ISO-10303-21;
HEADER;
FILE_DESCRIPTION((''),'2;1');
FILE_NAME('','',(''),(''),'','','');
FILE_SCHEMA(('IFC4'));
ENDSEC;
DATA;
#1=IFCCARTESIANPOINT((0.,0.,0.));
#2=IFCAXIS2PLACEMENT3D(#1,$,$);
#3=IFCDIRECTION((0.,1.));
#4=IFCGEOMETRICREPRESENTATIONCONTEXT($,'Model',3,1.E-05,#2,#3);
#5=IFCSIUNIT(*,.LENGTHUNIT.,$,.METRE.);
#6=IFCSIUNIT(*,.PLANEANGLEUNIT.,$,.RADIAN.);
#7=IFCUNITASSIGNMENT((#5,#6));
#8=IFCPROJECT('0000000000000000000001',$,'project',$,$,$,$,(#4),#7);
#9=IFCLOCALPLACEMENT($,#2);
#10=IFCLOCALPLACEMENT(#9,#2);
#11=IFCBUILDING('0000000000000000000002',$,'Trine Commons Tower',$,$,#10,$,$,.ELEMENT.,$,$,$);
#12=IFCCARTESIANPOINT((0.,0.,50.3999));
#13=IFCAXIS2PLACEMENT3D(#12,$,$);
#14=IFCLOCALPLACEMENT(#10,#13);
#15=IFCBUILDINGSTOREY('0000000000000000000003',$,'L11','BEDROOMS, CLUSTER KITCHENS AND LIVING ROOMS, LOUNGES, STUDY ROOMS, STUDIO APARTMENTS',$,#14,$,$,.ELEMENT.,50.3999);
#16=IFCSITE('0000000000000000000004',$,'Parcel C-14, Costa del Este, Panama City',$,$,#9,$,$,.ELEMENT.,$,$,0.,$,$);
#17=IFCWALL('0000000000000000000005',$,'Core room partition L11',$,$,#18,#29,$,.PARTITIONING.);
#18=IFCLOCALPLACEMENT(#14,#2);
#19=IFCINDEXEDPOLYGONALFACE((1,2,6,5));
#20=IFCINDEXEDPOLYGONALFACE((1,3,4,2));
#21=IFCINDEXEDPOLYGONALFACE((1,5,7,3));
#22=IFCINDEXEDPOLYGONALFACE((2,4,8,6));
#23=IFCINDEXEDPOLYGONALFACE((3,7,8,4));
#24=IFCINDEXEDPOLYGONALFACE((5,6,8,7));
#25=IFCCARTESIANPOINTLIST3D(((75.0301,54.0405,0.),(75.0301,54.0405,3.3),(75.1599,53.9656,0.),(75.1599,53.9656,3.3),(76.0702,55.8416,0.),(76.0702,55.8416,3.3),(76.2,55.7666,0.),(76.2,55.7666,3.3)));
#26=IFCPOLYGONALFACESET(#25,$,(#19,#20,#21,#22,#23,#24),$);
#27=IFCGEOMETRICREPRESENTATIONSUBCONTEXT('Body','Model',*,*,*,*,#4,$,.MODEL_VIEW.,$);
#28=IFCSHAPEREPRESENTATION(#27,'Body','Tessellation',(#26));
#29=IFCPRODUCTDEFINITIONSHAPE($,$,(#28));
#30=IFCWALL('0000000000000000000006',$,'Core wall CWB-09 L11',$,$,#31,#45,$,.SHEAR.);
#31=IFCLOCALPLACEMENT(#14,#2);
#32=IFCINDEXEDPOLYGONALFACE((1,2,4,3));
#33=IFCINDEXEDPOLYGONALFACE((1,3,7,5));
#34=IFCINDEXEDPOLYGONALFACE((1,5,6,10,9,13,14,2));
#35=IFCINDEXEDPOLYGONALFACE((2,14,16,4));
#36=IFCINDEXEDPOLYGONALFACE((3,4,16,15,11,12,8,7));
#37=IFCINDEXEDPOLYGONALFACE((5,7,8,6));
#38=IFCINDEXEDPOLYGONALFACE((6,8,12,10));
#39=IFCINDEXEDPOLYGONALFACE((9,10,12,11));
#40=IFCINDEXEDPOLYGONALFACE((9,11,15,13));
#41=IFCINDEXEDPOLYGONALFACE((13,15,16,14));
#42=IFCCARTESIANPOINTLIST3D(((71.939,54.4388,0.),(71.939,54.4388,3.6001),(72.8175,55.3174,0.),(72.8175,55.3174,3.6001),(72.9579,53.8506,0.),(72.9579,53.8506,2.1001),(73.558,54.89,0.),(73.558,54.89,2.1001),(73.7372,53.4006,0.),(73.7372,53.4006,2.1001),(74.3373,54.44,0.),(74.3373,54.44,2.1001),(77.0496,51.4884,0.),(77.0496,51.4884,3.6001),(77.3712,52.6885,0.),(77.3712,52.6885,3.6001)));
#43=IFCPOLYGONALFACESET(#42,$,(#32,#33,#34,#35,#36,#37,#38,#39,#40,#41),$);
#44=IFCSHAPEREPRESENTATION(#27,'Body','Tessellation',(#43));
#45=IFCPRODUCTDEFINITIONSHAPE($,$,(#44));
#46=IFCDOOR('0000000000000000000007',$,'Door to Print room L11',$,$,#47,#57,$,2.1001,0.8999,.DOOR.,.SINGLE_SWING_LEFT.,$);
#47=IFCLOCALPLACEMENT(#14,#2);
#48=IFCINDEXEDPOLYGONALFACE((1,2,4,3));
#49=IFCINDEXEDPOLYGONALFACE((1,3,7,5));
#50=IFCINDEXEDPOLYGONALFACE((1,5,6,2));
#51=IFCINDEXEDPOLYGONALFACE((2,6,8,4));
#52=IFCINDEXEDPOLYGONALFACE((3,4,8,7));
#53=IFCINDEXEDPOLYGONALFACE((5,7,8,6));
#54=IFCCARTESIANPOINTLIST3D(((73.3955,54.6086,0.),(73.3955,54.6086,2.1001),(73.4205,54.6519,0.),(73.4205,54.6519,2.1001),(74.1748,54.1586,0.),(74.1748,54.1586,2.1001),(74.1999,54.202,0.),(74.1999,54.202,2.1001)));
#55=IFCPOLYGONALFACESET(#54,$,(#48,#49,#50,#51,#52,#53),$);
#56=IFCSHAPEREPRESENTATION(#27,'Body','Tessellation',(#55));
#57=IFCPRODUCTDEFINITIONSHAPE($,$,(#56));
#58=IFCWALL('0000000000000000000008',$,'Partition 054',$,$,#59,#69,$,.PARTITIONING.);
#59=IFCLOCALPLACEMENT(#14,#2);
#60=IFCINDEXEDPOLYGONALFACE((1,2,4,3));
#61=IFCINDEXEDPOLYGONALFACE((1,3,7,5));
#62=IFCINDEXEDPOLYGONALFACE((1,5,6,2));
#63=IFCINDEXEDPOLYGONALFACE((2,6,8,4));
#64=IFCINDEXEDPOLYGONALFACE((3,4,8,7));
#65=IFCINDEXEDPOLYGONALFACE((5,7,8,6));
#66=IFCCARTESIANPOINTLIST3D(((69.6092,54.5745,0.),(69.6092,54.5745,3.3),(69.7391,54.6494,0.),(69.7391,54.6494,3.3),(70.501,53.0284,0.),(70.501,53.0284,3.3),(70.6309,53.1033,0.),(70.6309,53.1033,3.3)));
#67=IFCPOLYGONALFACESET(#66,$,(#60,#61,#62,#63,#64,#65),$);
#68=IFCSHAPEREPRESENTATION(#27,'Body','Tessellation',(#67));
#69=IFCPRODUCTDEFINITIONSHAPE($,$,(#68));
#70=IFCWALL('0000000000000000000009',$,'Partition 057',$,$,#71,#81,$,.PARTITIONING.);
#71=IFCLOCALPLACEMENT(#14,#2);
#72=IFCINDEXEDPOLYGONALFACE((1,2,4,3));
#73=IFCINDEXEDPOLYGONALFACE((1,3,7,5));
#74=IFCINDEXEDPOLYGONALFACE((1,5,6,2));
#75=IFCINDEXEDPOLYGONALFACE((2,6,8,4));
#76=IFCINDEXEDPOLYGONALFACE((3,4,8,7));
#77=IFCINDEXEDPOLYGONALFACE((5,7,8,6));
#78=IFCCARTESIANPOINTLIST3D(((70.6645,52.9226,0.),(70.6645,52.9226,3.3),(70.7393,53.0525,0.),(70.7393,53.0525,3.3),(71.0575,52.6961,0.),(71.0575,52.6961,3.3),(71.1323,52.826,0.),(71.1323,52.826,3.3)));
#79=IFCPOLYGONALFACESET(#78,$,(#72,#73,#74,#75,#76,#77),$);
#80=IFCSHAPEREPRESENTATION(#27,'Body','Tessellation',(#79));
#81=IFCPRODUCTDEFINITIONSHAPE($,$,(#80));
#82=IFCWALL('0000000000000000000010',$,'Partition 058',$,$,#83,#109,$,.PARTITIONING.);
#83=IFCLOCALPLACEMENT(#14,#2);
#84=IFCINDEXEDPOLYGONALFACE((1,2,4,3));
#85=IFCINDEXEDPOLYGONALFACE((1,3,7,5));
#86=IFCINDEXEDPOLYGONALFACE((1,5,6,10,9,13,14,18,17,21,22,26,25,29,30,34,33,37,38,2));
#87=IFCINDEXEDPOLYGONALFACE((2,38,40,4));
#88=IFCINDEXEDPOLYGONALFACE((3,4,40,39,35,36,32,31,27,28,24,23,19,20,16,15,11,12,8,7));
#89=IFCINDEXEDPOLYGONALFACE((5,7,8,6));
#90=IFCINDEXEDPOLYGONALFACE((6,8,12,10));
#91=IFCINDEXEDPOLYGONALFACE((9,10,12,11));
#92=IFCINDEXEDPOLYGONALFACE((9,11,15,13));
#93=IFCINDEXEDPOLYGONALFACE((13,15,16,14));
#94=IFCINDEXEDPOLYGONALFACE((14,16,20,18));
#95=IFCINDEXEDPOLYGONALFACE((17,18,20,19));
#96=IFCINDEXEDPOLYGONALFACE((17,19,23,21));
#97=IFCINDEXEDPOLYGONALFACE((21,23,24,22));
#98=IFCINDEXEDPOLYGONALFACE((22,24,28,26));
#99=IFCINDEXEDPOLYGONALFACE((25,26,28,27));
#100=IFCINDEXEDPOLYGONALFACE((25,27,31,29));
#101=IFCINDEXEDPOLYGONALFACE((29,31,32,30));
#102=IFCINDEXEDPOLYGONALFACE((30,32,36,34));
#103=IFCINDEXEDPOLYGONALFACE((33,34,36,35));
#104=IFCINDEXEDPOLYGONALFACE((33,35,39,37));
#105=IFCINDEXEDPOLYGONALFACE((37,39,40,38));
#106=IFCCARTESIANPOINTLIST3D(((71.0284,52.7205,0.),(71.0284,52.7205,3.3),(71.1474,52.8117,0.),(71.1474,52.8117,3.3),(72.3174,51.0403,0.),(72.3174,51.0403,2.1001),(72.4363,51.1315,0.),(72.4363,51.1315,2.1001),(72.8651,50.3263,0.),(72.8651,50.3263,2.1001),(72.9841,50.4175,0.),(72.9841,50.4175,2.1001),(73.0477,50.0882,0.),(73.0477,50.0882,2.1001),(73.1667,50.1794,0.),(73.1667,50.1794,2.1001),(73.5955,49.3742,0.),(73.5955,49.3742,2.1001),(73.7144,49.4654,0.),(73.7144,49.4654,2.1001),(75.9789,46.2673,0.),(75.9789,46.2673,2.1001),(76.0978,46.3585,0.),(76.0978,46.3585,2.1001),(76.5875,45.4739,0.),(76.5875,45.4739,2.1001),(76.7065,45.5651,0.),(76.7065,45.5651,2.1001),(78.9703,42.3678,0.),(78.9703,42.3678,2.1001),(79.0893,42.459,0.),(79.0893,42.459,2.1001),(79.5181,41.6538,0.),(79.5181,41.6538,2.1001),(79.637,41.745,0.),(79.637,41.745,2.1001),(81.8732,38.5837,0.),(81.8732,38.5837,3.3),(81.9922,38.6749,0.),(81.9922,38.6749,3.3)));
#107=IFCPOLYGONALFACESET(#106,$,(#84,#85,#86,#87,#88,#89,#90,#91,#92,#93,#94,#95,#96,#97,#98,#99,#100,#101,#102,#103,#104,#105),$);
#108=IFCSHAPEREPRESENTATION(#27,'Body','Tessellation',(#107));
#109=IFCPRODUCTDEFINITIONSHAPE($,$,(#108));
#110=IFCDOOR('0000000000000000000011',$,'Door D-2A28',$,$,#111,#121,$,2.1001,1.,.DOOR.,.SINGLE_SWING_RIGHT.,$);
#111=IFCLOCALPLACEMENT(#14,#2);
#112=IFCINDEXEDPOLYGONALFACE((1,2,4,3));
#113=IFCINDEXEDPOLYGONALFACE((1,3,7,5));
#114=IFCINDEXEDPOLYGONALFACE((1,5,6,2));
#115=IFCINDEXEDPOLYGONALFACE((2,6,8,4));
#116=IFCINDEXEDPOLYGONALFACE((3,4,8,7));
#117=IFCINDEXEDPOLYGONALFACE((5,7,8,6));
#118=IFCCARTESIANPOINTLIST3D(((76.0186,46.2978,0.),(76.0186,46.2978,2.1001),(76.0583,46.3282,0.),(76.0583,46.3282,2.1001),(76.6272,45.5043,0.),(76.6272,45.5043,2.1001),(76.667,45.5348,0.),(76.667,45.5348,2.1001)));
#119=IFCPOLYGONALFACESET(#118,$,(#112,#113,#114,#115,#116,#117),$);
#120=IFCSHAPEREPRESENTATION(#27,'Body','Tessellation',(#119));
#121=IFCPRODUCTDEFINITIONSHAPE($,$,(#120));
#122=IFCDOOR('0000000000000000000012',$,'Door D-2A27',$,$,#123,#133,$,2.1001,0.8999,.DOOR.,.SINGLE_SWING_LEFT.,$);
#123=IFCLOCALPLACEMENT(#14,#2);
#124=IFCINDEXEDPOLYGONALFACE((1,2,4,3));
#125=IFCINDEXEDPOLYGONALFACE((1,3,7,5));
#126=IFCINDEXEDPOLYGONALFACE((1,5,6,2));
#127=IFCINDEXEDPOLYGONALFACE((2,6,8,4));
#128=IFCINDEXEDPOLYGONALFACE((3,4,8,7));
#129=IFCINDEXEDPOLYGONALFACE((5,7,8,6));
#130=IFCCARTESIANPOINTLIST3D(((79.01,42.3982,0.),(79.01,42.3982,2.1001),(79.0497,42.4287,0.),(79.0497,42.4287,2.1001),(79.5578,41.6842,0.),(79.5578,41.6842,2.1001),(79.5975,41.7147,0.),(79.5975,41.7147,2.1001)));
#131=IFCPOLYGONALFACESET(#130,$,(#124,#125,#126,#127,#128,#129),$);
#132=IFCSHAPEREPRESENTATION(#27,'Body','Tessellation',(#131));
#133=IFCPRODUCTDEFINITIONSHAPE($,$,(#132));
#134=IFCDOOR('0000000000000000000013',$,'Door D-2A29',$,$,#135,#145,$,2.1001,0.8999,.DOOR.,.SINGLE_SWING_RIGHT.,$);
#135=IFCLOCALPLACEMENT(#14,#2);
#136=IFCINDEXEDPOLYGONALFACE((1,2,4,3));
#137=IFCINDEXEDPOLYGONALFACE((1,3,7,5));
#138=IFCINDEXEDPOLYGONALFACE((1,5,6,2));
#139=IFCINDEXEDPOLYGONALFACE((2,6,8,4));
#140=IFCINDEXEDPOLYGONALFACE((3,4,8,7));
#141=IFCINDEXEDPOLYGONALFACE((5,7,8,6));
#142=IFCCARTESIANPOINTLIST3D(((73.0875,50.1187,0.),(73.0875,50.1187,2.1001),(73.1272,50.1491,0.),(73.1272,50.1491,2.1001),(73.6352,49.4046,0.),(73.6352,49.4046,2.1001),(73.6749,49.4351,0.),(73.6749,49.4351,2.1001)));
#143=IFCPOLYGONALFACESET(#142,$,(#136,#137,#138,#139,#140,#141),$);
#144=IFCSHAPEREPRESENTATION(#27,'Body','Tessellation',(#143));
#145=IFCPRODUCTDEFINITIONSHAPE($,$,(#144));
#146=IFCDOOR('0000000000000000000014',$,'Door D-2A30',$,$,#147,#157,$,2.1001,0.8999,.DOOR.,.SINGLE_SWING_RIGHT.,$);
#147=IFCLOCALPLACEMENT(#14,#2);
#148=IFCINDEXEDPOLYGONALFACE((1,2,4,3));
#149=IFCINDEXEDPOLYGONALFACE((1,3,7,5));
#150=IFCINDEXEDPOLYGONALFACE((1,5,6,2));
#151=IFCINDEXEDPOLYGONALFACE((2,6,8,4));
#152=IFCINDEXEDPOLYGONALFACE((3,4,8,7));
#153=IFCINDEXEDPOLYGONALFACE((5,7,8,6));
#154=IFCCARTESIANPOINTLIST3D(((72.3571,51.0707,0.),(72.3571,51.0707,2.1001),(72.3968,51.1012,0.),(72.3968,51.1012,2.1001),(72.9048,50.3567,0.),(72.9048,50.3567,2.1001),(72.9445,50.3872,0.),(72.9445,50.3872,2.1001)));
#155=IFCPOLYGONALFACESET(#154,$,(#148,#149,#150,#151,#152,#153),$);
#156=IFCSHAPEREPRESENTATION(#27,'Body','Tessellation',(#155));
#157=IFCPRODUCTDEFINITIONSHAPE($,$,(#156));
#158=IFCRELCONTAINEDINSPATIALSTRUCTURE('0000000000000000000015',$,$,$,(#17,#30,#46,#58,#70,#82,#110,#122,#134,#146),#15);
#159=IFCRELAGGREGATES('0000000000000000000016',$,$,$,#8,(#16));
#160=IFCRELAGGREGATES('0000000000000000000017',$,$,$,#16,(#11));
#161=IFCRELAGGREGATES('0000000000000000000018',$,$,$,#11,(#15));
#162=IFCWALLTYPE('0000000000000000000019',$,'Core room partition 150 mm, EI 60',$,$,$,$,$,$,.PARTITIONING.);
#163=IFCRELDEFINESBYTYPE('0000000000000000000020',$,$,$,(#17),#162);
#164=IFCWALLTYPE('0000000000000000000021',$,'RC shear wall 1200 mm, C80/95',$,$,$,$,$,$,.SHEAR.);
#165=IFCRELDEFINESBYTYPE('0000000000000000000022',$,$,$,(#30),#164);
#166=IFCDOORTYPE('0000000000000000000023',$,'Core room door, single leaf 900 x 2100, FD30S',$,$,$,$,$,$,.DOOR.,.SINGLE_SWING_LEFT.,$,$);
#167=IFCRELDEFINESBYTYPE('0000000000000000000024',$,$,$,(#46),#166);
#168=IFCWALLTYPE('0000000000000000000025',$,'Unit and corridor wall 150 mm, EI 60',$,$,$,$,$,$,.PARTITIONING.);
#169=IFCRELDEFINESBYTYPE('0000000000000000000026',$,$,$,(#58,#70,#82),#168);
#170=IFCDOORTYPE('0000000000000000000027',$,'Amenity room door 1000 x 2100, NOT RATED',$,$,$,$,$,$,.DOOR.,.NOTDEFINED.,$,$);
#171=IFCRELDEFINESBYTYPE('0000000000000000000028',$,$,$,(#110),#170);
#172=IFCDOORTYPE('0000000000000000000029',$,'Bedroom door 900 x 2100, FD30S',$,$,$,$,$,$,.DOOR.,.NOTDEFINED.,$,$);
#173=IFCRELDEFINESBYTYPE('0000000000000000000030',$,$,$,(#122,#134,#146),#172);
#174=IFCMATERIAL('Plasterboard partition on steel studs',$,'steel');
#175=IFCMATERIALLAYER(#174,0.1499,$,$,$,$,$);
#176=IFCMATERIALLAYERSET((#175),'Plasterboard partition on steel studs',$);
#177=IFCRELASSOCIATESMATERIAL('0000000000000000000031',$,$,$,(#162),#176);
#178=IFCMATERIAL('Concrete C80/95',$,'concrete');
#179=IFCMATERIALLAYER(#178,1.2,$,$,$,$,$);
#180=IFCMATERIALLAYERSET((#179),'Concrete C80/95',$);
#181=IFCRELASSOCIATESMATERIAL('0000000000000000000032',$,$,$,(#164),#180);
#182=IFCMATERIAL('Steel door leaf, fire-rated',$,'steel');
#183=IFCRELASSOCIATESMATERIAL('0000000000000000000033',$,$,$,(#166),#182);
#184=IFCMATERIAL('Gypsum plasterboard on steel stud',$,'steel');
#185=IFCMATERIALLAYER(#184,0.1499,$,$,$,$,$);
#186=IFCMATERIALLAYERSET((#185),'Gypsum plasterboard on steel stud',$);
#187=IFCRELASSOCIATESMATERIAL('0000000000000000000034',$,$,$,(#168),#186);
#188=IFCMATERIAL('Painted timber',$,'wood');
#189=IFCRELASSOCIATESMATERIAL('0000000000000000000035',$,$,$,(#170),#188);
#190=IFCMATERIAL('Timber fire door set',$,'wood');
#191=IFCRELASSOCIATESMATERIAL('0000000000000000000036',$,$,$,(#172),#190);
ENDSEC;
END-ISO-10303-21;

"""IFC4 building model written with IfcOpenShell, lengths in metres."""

from ifc_helpers import new_model, si_unit, direction, frame, frame_2d, origin, place, context, subcontext, project, spatial, polyline, rectangle, outline, extrude, material, layer, layer_set, type_object, element, fill, save


model = new_model("IFC4")

# Units and contexts
model_context = context("Model", 3, precision=1e-05, world=origin(), true_north=direction((0.0, 1.0)))
body_context = subcontext(model_context, "Body", "Model", "MODEL_VIEW")
ifc_project = project(units=[si_unit("LENGTHUNIT", "METRE"), si_unit("PLANEANGLEUNIT", "RADIAN")], contexts=[model_context])

# Site, building, storey
site_placement = place(None, origin())
site = spatial("IfcSite", under=ifc_project, at=site_placement, Name="Parcel C-14, Costa del Este, Panama City", CompositionType="ELEMENT", RefElevation=0.0)
building_placement = place(site_placement, origin())
building = spatial("IfcBuilding", under=site, at=building_placement, Name="Trine Commons Tower", CompositionType="ELEMENT")
storey_placement = place(building_placement, frame((0.0, 0.0, 50.3999)))
storey = spatial("IfcBuildingStorey", under=building, at=storey_placement, Name="L11", Description="BEDROOMS, CLUSTER KITCHENS AND LIVING ROOMS, LOUNGES, STUDY ROOMS, STUDIO APARTMENTS", CompositionType="ELEMENT", Elevation=50.3999)

# Wall
ifc_material_1 = material(Name="Plasterboard partition on steel studs", Category="steel")
ifc_layer_1 = layer(ifc_material_1, 0.1499)
ifc_layer_set_1 = layer_set([ifc_layer_1], Name="Plasterboard partition on steel studs")
wall_type_1 = type_object("IfcWallType", Name="Core room partition 150 mm, EI 60", PredefinedType="PARTITIONING", material=ifc_layer_set_1)
wall_1_placement = place(storey_placement, frame((75.095, 54.0029, 0.0), z_axis=(0.0, 0.0, 1.0), x_axis=(0.500078, 0.86598, 0.0)))
element("IfcWall", 1, at=wall_1_placement, inside=storey, type_object=wall_type_1, Name="Core room partition L11", PredefinedType="PARTITIONING", context=body_context, shape_type="SweptSolid", body=[
    extrude(rectangle(XDim=2.0798, YDim=0.1499, at=frame_2d((1.04, 0.0))), origin(), (0.0, 0.0, 1.0), 3.3),
])

# Wall, opening, door
ifc_material_2 = material(Name="Concrete C80/95", Category="concrete")
ifc_layer_2 = layer(ifc_material_2, 1.2)
ifc_layer_set_2 = layer_set([ifc_layer_2], Name="Concrete C80/95")
wall_type_2 = type_object("IfcWallType", Name="RC shear wall 1200 mm, C80/95", PredefinedType="SHEAR", material=ifc_layer_set_2)
wall_2_placement = place(storey_placement, frame((72.239, 54.9585, 0.0), z_axis=(0.0, 0.0, 1.0), x_axis=(0.866037, -0.499979, 0.0)))
wall_2 = element("IfcWall", 2, at=wall_2_placement, inside=storey, type_object=wall_type_2, Name="Core wall CWB-09 L11", PredefinedType="SHEAR", context=body_context, shape_type="SweptSolid", body=[
    extrude(outline(polyline([(0.0, -0.6001), (5.9011, -0.6001), (5.5796, 0.6001), (0.3215, 0.6001), (0.0, -0.6001)])), origin(), (0.0, 0.0, 1.0), 3.6001),
])
opening_1_placement = place(wall_2_placement, frame((1.1765, 0.0, 0.0)))
opening_1 = element("IfcOpeningElement", 3, at=opening_1_placement, cuts=wall_2, PredefinedType="OPENING", context=body_context, shape_type="SweptSolid", body=[
    extrude(rectangle(XDim=0.8999, YDim=2.1001, at=frame_2d((0.45, 1.05))), frame((0.0, 0.6099, 0.0), z_axis=(0.0, -1.0, 0.0), x_axis=(1.0, 0.0, 0.0)), (0.0, 0.0, 1.0), 1.22),
])
ifc_material_3 = material(Name="Steel door leaf, fire-rated", Category="steel")
door_type_1 = type_object("IfcDoorType", Name="Core room door, single leaf 900 x 2100, FD30S", OperationType="SINGLE_SWING_LEFT", PredefinedType="DOOR", material=ifc_material_3)
door_1_placement = place(opening_1_placement, origin())
door_1 = element("IfcDoor", 4, at=door_1_placement, inside=storey, type_object=door_type_1, Name="Door to Print room L11", OperationType="SINGLE_SWING_LEFT", OverallHeight=2.1001, OverallWidth=0.8999, PredefinedType="DOOR", context=body_context, shape_type="SweptSolid", body=[
    extrude(rectangle(XDim=0.8999, YDim=2.1001, at=frame_2d((0.45, 1.05))), frame((0.0, 0.3252, 0.0), z_axis=(0.0, -1.0, 0.0), x_axis=(1.0, 0.0, 0.0)), (0.0, 0.0, 1.0), 0.05),
])
fill(opening_1, door_1)

# Walls
ifc_material_4 = material(Name="Gypsum plasterboard on steel stud", Category="steel")
ifc_layer_3 = layer(ifc_material_4, 0.1499)
ifc_layer_set_3 = layer_set([ifc_layer_3], Name="Gypsum plasterboard on steel stud")
wall_type_3 = type_object("IfcWallType", Name="Unit and corridor wall 150 mm, EI 60", PredefinedType="PARTITIONING", material=ifc_layer_set_3)
wall_3_placement = place(storey_placement, frame((69.6741, 54.6121, 0.0), z_axis=(0.0, 0.0, 1.0), x_axis=(0.499655, -0.866224, 0.0)))
element("IfcWall", 5, at=wall_3_placement, inside=storey, type_object=wall_type_3, Name="Partition 054", PredefinedType="PARTITIONING", context=body_context, shape_type="SweptSolid", body=[
    extrude(rectangle(XDim=1.7849, YDim=0.1499, at=frame_2d((0.8926, 0.0))), origin(), (0.0, 0.0, 1.0), 3.3),
])
wall_4_placement = place(storey_placement, frame((70.7019, 52.9875, 0.0), z_axis=(0.0, 0.0, 1.0), x_axis=(0.866383, -0.499381, 0.0)))
element("IfcWall", 6, at=wall_4_placement, inside=storey, type_object=wall_type_3, Name="Partition 057", PredefinedType="PARTITIONING", context=body_context, shape_type="SweptSolid", body=[
    extrude(rectangle(XDim=0.4536, YDim=0.1499, at=frame_2d((0.2268, 0.0))), origin(), (0.0, 0.0, 1.0), 3.3),
])

# Wall, openings, doors
wall_5_placement = place(storey_placement, frame((71.0879, 52.7661, 0.0), z_axis=(0.0, 0.0, 1.0), x_axis=(0.608664, -0.793428, 0.0)))
wall_5 = element("IfcWall", 7, at=wall_5_placement, inside=storey, type_object=wall_type_3, Name="Partition 058", PredefinedType="PARTITIONING", context=body_context, shape_type="SweptSolid", body=[
    extrude(rectangle(XDim=17.8174, YDim=0.1499, at=frame_2d((8.9087, 0.0))), origin(), (0.0, 0.0, 1.0), 3.3),
])
opening_2_placement = place(wall_5_placement, frame((13.0481, 0.0, 0.0)))
opening_2 = element("IfcOpeningElement", 8, at=opening_2_placement, cuts=wall_5, PredefinedType="OPENING", context=body_context, shape_type="SweptSolid", body=[
    extrude(rectangle(XDim=0.8999, YDim=2.1001, at=frame_2d((0.45, 1.05))), frame((0.0, 0.085, 0.0), z_axis=(0.0, -1.0, 0.0), x_axis=(1.0, 0.0, 0.0)), (0.0, 0.0, 1.0), 0.1699),
])
opening_3_placement = place(wall_5_placement, frame((8.1333, 0.0, 0.0)))
opening_3 = element("IfcOpeningElement", 9, at=opening_3_placement, cuts=wall_5, PredefinedType="OPENING", context=body_context, shape_type="SweptSolid", body=[
    extrude(rectangle(XDim=1.0, YDim=2.1001, at=frame_2d((0.5, 1.05))), frame((0.0, 0.085, 0.0), z_axis=(0.0, -1.0, 0.0), x_axis=(1.0, 0.0, 0.0)), (0.0, 0.0, 1.0), 0.1699),
])
opening_4_placement = place(wall_5_placement, frame((3.3176, 0.0, 0.0)))
opening_4 = element("IfcOpeningElement", 10, at=opening_4_placement, cuts=wall_5, PredefinedType="OPENING", context=body_context, shape_type="SweptSolid", body=[
    extrude(rectangle(XDim=0.8999, YDim=2.1001, at=frame_2d((0.45, 1.05))), frame((0.0, 0.085, 0.0), z_axis=(0.0, -1.0, 0.0), x_axis=(1.0, 0.0, 0.0)), (0.0, 0.0, 1.0), 0.1699),
])
opening_5_placement = place(wall_5_placement, frame((2.1177, 0.0, 0.0)))
opening_5 = element("IfcOpeningElement", 11, at=opening_5_placement, cuts=wall_5, PredefinedType="OPENING", context=body_context, shape_type="SweptSolid", body=[
    extrude(rectangle(XDim=0.8999, YDim=2.1001, at=frame_2d((0.45, 1.05))), frame((0.0, 0.085, 0.0), z_axis=(0.0, -1.0, 0.0), x_axis=(1.0, 0.0, 0.0)), (0.0, 0.0, 1.0), 0.1699),
])
ifc_material_5 = material(Name="Painted timber", Category="wood")
door_type_2 = type_object("IfcDoorType", Name="Amenity room door 1000 x 2100, NOT RATED", OperationType="NOTDEFINED", PredefinedType="DOOR", material=ifc_material_5)
door_2_placement = place(opening_3_placement, frame((1.0, 0.0, 0.0), z_axis=(0.0, 0.0, 1.0), x_axis=(-1.0, 0.0, 0.0)))
door_2 = element("IfcDoor", 12, at=door_2_placement, inside=storey, type_object=door_type_2, Name="Door D-2A28", OperationType="SINGLE_SWING_RIGHT", OverallHeight=2.1001, OverallWidth=1.0, PredefinedType="DOOR", context=body_context, shape_type="SweptSolid", body=[
    extrude(rectangle(XDim=1.0, YDim=2.1001, at=frame_2d((0.5, 1.05))), frame((0.0, 0.0249, 0.0), z_axis=(0.0, -1.0, 0.0), x_axis=(1.0, 0.0, 0.0)), (0.0, 0.0, 1.0), 0.05),
])
fill(opening_3, door_2)
ifc_material_6 = material(Name="Timber fire door set", Category="wood")
door_type_3 = type_object("IfcDoorType", Name="Bedroom door 900 x 2100, FD30S", OperationType="NOTDEFINED", PredefinedType="DOOR", material=ifc_material_6)
door_3_placement = place(opening_2_placement, frame((0.8999, 0.0, 0.0), z_axis=(0.0, 0.0, 1.0), x_axis=(-1.0, 0.0, 0.0)))
door_3 = element("IfcDoor", 13, at=door_3_placement, inside=storey, type_object=door_type_3, Name="Door D-2A27", OperationType="SINGLE_SWING_LEFT", OverallHeight=2.1001, OverallWidth=0.8999, PredefinedType="DOOR", context=body_context, shape_type="SweptSolid", body=[
    extrude(rectangle(XDim=0.8999, YDim=2.1001, at=frame_2d((0.45, 1.05))), frame((0.0, 0.0249, 0.0), z_axis=(0.0, -1.0, 0.0), x_axis=(1.0, 0.0, 0.0)), (0.0, 0.0, 1.0), 0.05),
])
fill(opening_2, door_3)
door_4_placement = place(opening_4_placement, frame((0.8999, 0.0, 0.0), z_axis=(0.0, 0.0, 1.0), x_axis=(-1.0, 0.0, 0.0)))
door_4 = element("IfcDoor", 14, at=door_4_placement, inside=storey, type_object=door_type_3, Name="Door D-2A29", OperationType="SINGLE_SWING_RIGHT", OverallHeight=2.1001, OverallWidth=0.8999, PredefinedType="DOOR", context=body_context, shape_type="SweptSolid", body=[
    extrude(rectangle(XDim=0.8999, YDim=2.1001, at=frame_2d((0.45, 1.05))), frame((0.0, 0.0249, 0.0), z_axis=(0.0, -1.0, 0.0), x_axis=(1.0, 0.0, 0.0)), (0.0, 0.0, 1.0), 0.05),
])
fill(opening_4, door_4)
door_5_placement = place(opening_5_placement, frame((0.8999, 0.0, 0.0), z_axis=(0.0, 0.0, 1.0), x_axis=(-1.0, 0.0, 0.0)))
door_5 = element("IfcDoor", 15, at=door_5_placement, inside=storey, type_object=door_type_3, Name="Door D-2A30", OperationType="SINGLE_SWING_RIGHT", OverallHeight=2.1001, OverallWidth=0.8999, PredefinedType="DOOR", context=body_context, shape_type="SweptSolid", body=[
    extrude(rectangle(XDim=0.8999, YDim=2.1001, at=frame_2d((0.45, 1.05))), frame((0.0, 0.0249, 0.0), z_axis=(0.0, -1.0, 0.0), x_axis=(1.0, 0.0, 0.0)), (0.0, 0.0, 1.0), 0.05),
])
fill(opening_5, door_5)

save(model, "model.ifc")
